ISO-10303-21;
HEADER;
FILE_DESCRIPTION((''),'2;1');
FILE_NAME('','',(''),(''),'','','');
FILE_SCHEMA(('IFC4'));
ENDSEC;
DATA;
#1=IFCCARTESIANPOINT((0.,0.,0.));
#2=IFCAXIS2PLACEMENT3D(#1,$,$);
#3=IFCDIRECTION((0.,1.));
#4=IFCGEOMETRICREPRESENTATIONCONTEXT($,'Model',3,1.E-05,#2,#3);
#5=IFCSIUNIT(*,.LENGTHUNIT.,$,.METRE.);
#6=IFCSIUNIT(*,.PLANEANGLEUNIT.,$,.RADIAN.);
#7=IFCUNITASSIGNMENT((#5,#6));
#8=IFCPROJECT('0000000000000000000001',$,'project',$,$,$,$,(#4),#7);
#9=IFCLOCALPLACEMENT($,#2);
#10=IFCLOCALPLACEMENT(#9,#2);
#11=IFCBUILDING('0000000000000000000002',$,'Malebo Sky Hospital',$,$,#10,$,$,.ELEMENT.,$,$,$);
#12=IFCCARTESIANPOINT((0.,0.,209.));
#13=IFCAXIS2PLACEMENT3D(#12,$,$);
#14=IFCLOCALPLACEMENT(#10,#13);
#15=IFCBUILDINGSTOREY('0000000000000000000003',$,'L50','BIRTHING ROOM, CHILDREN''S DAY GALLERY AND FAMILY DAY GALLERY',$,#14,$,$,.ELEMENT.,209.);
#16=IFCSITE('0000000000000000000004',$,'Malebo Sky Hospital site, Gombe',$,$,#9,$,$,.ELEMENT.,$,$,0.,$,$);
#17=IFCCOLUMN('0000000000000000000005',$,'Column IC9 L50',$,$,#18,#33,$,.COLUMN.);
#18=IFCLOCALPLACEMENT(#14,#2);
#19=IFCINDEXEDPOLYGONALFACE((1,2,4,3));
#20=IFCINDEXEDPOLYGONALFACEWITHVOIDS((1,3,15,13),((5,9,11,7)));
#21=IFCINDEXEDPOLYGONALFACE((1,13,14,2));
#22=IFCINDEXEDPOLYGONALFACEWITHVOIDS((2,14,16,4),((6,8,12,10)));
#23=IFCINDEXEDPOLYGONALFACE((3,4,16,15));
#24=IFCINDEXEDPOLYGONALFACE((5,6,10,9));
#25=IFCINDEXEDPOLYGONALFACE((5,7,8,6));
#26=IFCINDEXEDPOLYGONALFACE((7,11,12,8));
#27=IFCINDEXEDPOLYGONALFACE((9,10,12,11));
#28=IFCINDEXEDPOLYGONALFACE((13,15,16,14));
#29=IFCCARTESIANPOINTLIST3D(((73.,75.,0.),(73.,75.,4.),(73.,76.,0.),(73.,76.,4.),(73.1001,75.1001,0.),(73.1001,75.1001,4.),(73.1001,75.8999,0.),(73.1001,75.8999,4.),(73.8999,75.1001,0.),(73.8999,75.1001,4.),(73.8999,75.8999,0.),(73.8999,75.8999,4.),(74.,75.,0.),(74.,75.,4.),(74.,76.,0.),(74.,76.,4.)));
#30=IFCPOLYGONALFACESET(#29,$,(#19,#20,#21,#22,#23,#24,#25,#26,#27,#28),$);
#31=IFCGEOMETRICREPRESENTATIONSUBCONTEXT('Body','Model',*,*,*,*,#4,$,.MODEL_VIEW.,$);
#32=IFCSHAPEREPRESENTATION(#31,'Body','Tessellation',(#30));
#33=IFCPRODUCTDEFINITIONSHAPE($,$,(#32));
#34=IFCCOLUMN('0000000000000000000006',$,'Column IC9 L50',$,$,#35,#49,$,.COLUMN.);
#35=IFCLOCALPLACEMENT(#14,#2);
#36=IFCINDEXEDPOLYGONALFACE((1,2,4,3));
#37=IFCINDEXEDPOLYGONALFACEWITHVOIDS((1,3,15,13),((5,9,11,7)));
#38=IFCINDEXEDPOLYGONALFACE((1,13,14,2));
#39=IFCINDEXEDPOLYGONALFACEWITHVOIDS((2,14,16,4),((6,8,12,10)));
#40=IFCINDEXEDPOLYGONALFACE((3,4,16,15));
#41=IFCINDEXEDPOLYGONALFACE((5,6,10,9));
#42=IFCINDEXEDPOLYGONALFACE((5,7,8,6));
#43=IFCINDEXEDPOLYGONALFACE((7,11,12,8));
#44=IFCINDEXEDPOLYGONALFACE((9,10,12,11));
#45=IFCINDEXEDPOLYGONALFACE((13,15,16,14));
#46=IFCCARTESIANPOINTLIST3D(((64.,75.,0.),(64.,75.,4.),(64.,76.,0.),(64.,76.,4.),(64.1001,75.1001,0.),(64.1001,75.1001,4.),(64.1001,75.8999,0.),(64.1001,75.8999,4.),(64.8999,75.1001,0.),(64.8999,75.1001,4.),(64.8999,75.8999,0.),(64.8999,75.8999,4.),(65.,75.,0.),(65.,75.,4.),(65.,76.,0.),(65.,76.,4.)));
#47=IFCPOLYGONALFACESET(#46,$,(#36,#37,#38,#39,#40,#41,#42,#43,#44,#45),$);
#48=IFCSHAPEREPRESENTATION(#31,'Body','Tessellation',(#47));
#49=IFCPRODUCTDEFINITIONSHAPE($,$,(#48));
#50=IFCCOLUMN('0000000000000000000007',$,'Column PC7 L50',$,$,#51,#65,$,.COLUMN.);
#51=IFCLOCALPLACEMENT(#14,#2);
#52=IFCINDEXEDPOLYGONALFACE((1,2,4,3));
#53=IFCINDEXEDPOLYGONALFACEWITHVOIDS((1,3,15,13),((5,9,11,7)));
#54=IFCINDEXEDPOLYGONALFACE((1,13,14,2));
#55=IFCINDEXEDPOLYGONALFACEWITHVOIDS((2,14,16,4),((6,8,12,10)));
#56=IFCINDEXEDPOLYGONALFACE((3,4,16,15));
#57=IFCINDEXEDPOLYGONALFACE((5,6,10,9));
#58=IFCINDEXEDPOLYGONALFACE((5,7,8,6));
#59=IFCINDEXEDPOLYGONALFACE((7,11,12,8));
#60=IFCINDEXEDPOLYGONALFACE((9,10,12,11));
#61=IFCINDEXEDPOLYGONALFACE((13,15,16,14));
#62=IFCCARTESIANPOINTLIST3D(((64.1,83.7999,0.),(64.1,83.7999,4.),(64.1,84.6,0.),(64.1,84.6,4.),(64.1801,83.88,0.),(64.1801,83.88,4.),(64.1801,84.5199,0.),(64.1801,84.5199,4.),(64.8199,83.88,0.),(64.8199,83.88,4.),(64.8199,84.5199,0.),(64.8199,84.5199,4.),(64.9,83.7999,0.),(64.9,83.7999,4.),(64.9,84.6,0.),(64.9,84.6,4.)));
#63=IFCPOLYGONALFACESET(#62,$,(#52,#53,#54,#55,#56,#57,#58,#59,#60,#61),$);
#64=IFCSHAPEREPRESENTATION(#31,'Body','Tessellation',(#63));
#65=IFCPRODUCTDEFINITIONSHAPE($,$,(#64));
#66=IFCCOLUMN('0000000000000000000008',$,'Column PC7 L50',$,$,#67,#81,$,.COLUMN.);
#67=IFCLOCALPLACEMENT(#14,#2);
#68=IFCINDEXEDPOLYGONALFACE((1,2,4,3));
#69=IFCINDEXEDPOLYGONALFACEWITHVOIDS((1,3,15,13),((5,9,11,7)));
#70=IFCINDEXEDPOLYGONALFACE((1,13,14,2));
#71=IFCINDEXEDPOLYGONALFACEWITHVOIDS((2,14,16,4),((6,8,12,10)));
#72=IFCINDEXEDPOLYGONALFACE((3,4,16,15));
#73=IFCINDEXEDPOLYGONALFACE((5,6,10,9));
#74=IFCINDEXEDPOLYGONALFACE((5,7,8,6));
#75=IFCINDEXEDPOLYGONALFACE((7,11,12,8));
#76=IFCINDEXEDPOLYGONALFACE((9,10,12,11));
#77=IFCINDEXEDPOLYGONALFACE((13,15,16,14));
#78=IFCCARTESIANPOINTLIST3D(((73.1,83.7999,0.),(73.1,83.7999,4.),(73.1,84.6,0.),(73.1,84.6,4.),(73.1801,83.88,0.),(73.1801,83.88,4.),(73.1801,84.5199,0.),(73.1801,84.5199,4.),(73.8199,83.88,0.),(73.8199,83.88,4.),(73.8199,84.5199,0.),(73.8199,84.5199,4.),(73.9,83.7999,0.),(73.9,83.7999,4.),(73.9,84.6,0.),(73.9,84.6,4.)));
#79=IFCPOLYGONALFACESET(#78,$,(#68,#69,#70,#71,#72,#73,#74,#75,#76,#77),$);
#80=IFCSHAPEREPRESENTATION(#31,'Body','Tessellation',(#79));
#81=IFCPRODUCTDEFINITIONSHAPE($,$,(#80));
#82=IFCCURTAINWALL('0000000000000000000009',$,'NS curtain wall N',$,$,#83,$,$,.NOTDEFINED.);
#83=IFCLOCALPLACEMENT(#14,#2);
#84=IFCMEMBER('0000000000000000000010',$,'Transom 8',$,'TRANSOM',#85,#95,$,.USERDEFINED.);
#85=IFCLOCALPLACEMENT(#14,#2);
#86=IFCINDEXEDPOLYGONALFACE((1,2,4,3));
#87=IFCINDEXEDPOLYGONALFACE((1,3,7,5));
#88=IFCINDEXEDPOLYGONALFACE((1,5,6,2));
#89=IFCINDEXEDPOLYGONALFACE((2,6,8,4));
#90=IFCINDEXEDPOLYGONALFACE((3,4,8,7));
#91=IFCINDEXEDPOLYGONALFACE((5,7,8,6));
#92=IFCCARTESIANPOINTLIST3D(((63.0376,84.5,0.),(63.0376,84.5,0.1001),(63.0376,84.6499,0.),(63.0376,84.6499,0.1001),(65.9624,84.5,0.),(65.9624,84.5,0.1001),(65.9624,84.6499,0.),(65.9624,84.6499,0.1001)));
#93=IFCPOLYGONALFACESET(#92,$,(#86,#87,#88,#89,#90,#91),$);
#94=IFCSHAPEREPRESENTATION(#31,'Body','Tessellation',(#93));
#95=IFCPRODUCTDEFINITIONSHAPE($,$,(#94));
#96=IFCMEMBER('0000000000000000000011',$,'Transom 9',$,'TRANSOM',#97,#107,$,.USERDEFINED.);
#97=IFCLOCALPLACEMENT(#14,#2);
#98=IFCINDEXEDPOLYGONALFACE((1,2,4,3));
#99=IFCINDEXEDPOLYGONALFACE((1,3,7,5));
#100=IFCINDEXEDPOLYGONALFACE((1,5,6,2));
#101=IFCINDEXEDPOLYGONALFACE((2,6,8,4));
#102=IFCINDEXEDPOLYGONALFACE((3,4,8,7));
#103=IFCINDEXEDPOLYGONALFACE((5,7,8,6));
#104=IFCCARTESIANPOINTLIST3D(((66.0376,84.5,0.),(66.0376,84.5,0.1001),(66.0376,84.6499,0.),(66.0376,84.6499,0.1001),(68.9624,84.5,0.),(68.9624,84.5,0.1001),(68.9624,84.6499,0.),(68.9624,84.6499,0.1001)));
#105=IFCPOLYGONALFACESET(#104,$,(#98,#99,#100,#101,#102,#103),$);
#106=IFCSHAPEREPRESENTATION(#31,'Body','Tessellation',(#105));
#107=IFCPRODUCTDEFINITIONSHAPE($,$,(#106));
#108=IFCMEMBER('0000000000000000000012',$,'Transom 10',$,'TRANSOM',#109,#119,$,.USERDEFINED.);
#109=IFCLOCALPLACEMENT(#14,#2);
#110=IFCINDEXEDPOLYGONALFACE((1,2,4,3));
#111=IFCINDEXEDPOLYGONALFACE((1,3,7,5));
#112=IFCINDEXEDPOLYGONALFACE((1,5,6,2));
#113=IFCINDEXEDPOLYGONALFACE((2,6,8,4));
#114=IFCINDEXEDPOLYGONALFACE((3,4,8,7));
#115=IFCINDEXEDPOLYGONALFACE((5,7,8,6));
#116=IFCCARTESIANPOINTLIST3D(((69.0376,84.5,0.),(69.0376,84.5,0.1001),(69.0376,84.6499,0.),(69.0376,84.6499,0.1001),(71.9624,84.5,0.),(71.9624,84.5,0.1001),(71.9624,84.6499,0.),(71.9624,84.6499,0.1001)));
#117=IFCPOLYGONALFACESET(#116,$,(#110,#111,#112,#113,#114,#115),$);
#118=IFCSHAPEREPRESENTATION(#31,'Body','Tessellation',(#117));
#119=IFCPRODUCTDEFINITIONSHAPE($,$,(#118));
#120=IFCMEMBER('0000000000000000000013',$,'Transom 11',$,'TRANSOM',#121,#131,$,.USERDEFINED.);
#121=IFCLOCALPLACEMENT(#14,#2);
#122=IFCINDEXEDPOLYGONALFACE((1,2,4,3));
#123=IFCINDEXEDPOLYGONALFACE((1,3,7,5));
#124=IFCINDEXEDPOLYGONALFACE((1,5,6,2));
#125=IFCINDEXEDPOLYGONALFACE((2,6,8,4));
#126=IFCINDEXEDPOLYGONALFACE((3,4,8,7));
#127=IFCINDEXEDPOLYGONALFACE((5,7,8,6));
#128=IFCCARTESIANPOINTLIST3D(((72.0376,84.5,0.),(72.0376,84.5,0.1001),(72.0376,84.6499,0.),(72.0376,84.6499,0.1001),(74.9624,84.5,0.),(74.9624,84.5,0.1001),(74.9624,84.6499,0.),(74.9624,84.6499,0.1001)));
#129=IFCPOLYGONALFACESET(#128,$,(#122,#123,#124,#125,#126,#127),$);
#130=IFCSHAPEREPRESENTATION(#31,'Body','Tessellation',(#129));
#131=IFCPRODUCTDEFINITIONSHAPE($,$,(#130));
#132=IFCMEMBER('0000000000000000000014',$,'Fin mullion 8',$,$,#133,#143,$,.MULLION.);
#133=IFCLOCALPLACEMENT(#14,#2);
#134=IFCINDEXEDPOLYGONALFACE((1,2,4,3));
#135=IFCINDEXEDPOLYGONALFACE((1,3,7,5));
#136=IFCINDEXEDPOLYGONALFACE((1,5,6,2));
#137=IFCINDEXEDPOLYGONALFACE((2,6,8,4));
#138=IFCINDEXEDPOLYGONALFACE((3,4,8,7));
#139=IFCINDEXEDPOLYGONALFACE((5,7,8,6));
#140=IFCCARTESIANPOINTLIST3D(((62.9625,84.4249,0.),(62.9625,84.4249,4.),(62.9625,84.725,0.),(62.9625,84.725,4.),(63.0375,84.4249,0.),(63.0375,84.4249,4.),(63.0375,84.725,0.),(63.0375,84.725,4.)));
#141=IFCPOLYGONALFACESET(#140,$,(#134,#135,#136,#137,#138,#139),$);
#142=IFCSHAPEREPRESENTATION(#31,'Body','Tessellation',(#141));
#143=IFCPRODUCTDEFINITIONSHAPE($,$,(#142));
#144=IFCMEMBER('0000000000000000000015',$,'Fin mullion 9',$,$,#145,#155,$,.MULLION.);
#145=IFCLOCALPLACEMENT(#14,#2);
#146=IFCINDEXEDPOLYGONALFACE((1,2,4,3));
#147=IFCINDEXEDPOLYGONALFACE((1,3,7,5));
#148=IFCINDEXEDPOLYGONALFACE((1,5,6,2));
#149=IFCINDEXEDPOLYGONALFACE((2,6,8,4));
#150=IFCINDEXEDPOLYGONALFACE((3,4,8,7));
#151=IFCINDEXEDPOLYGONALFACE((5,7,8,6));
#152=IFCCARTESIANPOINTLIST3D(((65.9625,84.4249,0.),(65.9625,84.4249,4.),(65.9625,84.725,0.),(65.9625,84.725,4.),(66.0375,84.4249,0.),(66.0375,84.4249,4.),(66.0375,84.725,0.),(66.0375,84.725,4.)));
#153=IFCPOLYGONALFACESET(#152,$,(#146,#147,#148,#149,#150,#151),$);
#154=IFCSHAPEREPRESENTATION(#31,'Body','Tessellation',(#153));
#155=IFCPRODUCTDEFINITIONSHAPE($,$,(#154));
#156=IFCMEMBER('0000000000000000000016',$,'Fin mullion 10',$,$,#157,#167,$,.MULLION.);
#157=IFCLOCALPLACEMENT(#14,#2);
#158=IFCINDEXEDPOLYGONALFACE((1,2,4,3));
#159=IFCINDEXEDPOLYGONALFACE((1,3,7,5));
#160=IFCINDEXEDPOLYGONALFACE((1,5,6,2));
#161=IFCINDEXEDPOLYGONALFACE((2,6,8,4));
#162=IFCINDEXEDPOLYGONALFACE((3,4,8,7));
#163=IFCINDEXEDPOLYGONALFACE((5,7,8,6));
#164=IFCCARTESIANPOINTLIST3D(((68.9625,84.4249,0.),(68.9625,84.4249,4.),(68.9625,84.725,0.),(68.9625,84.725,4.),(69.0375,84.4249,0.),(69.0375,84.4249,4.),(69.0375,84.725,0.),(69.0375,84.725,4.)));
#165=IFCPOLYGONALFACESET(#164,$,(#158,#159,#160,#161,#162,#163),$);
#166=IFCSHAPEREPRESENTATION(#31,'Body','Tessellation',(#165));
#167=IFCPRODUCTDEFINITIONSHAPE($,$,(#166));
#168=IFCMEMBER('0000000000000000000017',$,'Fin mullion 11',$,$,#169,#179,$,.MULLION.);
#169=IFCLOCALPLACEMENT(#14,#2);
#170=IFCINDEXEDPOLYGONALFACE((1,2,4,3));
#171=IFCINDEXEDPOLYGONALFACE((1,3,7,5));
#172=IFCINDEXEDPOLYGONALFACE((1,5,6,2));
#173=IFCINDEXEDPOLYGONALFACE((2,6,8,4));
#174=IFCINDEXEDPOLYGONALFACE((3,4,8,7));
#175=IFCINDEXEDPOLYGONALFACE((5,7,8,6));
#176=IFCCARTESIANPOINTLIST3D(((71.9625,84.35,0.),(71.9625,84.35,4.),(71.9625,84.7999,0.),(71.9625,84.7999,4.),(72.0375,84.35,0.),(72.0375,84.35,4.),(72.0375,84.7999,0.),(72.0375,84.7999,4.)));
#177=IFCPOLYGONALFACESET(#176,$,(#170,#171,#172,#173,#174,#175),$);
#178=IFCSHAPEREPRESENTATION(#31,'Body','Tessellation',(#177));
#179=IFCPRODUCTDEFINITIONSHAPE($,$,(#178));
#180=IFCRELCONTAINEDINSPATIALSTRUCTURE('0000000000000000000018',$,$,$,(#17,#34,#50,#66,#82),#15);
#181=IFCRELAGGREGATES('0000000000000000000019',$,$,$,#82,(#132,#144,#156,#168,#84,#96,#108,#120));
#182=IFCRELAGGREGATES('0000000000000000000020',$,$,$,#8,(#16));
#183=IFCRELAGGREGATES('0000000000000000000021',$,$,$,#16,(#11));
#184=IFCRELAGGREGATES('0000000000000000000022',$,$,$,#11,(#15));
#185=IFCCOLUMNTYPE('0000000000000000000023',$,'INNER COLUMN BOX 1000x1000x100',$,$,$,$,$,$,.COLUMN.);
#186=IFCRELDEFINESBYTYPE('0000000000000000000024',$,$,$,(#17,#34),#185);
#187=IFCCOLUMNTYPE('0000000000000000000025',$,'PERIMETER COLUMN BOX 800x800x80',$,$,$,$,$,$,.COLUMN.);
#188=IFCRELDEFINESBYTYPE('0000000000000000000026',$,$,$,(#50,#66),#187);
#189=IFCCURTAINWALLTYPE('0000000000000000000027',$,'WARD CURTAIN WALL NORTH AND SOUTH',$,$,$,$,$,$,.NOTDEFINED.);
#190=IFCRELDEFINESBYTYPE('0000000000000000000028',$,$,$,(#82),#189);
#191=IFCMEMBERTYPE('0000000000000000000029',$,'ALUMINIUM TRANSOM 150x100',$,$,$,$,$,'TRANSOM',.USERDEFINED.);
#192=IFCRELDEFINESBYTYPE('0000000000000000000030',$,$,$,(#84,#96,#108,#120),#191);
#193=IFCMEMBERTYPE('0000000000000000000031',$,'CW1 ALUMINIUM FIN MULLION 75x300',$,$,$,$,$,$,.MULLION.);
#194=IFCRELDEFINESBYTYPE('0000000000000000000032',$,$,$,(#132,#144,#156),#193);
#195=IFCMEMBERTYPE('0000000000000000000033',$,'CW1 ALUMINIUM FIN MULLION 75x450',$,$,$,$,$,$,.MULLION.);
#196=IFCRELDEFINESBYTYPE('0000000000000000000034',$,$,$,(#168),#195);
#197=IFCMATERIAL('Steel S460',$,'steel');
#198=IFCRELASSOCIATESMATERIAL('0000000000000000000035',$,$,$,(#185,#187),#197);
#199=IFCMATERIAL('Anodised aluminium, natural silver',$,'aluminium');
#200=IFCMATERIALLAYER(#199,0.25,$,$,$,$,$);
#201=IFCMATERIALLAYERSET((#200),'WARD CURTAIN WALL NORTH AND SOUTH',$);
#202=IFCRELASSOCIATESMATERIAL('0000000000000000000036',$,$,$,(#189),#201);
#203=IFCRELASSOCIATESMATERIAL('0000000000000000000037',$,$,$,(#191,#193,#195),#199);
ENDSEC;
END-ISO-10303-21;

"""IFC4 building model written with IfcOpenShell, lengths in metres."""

from ifc_helpers import new_model, si_unit, direction, frame, origin, origin_2d, place, context, subcontext, project, spatial, rectangle, hollow_rectangle, extrude, material, layer, layer_set, material_profile, profile_set, type_object, element, aggregate, save


model = new_model("IFC4")

# Units and contexts
model_context = context("Model", 3, precision=1e-05, world=origin(), true_north=direction((0.0, 1.0)))
body_context = subcontext(model_context, "Body", "Model", "MODEL_VIEW")
ifc_project = project(units=[si_unit("LENGTHUNIT", "METRE"), si_unit("PLANEANGLEUNIT", "RADIAN")], contexts=[model_context])

# Site, building, storey
site_placement = place(None, origin())
site = spatial("IfcSite", under=ifc_project, at=site_placement, Name="Malebo Sky Hospital site, Gombe", CompositionType="ELEMENT", RefElevation=0.0)
building_placement = place(site_placement, origin())
building = spatial("IfcBuilding", under=site, at=building_placement, Name="Malebo Sky Hospital", CompositionType="ELEMENT")
storey_placement = place(building_placement, frame((0.0, 0.0, 209.0)))
storey = spatial("IfcBuildingStorey", under=building, at=storey_placement, Name="L50", Description="BIRTHING ROOM, CHILDREN'S DAY GALLERY AND FAMILY DAY GALLERY", CompositionType="ELEMENT", Elevation=209.0)

# Columns
ifc_material_1 = material(Name="Steel S460", Category="steel")
ifc_material_profile_1 = material_profile(ifc_material_1, hollow_rectangle(XDim=1.0, YDim=1.0, WallThickness=0.1001, at=origin_2d()), Name="BOX 1000x1000x100")
ifc_profile_set_1 = profile_set([ifc_material_profile_1], Name="Steel S460")
column_type_1 = type_object("IfcColumnType", Name="INNER COLUMN BOX 1000x1000x100", PredefinedType="COLUMN", material=ifc_profile_set_1)
for number, where, z_axis, x_axis, name in (
    (1, (73.5, 75.5, 0.0), (0.0, 0.0, 1.0), (1.0, 0.0, 0.0), "Column IC9 L50"),
    (2, (64.5, 75.5, 0.0), (0.0, 0.0, 1.0), (1.0, 0.0, 0.0), "Column IC9 L50"),
):
    element("IfcColumn", number, at=place(storey_placement, frame(where, z_axis=z_axis, x_axis=x_axis)), inside=storey, type_object=column_type_1, Name=name, PredefinedType="COLUMN", context=body_context, shape_type="SweptSolid", body=[
        extrude(hollow_rectangle(XDim=1.0, YDim=1.0, WallThickness=0.1001, at=origin_2d()), origin(), (0.0, 0.0, 1.0), 4.0),
    ])
ifc_material_profile_2 = material_profile(ifc_material_1, hollow_rectangle(XDim=0.8, YDim=0.8, WallThickness=0.0801, at=origin_2d()), Name="BOX 800x800x80")
ifc_profile_set_2 = profile_set([ifc_material_profile_2], Name="Steel S460")
column_type_2 = type_object("IfcColumnType", Name="PERIMETER COLUMN BOX 800x800x80", PredefinedType="COLUMN", material=ifc_profile_set_2)
for number, where, z_axis, x_axis, name in (
    (3, (64.5, 84.2, 0.0), (0.0, 0.0, 1.0), (1.0, 0.0, 0.0), "Column PC7 L50"),
    (4, (73.5, 84.2, 0.0), (0.0, 0.0, 1.0), (1.0, 0.0, 0.0), "Column PC7 L50"),
):
    element("IfcColumn", number, at=place(storey_placement, frame(where, z_axis=z_axis, x_axis=x_axis)), inside=storey, type_object=column_type_2, Name=name, PredefinedType="COLUMN", context=body_context, shape_type="SweptSolid", body=[
        extrude(hollow_rectangle(XDim=0.8, YDim=0.8, WallThickness=0.0801, at=origin_2d()), origin(), (0.0, 0.0, 1.0), 4.0),
    ])

# Curtain wall, members
ifc_material_2 = material(Name="Anodised aluminium, natural silver", Category="aluminium")
ifc_layer_1 = layer(ifc_material_2, 0.25)
ifc_layer_set_1 = layer_set([ifc_layer_1], Name="WARD CURTAIN WALL NORTH AND SOUTH")
curtain_wall_type = type_object("IfcCurtainWallType", Name="WARD CURTAIN WALL NORTH AND SOUTH", PredefinedType="NOTDEFINED", material=ifc_layer_set_1)
curtain_wall_placement = place(storey_placement, origin())
curtain_wall = element("IfcCurtainWall", 5, at=curtain_wall_placement, inside=storey, type_object=curtain_wall_type, Name="NS curtain wall N", PredefinedType="NOTDEFINED")
ifc_material_profile_3 = material_profile(ifc_material_2, rectangle(XDim=0.1499, YDim=0.1001, at=origin_2d()), Name="ALUMINIUM TRANSOM 150x100")
ifc_profile_set_3 = profile_set([ifc_material_profile_3], Name="Anodised aluminium, natural silver")
member_type_1 = type_object("IfcMemberType", Name="ALUMINIUM TRANSOM 150x100", ElementType="TRANSOM", PredefinedType="USERDEFINED", material=ifc_profile_set_3)
member_1_placement = place(storey_placement, frame((63.0376, 84.575, 0.05), z_axis=(1.0, 0.0, 0.0), x_axis=(0.0, 1.0, 0.0)))
member_1 = element("IfcMember", 6, at=member_1_placement, type_object=member_type_1, Name="Transom 8", ObjectType="TRANSOM", PredefinedType="USERDEFINED", context=body_context, shape_type="SweptSolid", body=[
    extrude(rectangle(XDim=0.1499, YDim=0.1001, at=origin_2d()), origin(), (0.0, 0.0, 1.0), 2.9248),
])
member_2_placement = place(storey_placement, frame((66.0376, 84.575, 0.05), z_axis=(1.0, 0.0, 0.0), x_axis=(0.0, 1.0, 0.0)))
member_2 = element("IfcMember", 7, at=member_2_placement, type_object=member_type_1, Name="Transom 9", ObjectType="TRANSOM", PredefinedType="USERDEFINED", context=body_context, shape_type="SweptSolid", body=[
    extrude(rectangle(XDim=0.1499, YDim=0.1001, at=origin_2d()), origin(), (0.0, 0.0, 1.0), 2.9248),
])
member_3_placement = place(storey_placement, frame((69.0376, 84.575, 0.05), z_axis=(1.0, 0.0, 0.0), x_axis=(0.0, 1.0, 0.0)))
member_3 = element("IfcMember", 8, at=member_3_placement, type_object=member_type_1, Name="Transom 10", ObjectType="TRANSOM", PredefinedType="USERDEFINED", context=body_context, shape_type="SweptSolid", body=[
    extrude(rectangle(XDim=0.1499, YDim=0.1001, at=origin_2d()), origin(), (0.0, 0.0, 1.0), 2.9248),
])
member_4_placement = place(storey_placement, frame((72.0376, 84.575, 0.05), z_axis=(1.0, 0.0, 0.0), x_axis=(0.0, 1.0, 0.0)))
member_4 = element("IfcMember", 9, at=member_4_placement, type_object=member_type_1, Name="Transom 11", ObjectType="TRANSOM", PredefinedType="USERDEFINED", context=body_context, shape_type="SweptSolid", body=[
    extrude(rectangle(XDim=0.1499, YDim=0.1001, at=origin_2d()), origin(), (0.0, 0.0, 1.0), 2.9248),
])
ifc_material_profile_4 = material_profile(ifc_material_2, rectangle(XDim=0.075, YDim=0.3, at=origin_2d()), Name="CW1 ALUMINIUM FIN MULLION 75x300")
ifc_profile_set_4 = profile_set([ifc_material_profile_4], Name="Anodised aluminium, natural silver")
member_type_2 = type_object("IfcMemberType", Name="CW1 ALUMINIUM FIN MULLION 75x300", PredefinedType="MULLION", material=ifc_profile_set_4)
member_5_placement = place(storey_placement, frame((63.0, 84.575, 0.0), z_axis=(0.0, 0.0, 1.0), x_axis=(1.0, 0.0, 0.0)))
member_5 = element("IfcMember", 10, at=member_5_placement, type_object=member_type_2, Name="Fin mullion 8", PredefinedType="MULLION", context=body_context, shape_type="SweptSolid", body=[
    extrude(rectangle(XDim=0.075, YDim=0.3, at=origin_2d()), origin(), (0.0, 0.0, 1.0), 4.0),
])
member_6_placement = place(storey_placement, frame((66.0, 84.575, 0.0), z_axis=(0.0, 0.0, 1.0), x_axis=(1.0, 0.0, 0.0)))
member_6 = element("IfcMember", 11, at=member_6_placement, type_object=member_type_2, Name="Fin mullion 9", PredefinedType="MULLION", context=body_context, shape_type="SweptSolid", body=[
    extrude(rectangle(XDim=0.075, YDim=0.3, at=origin_2d()), origin(), (0.0, 0.0, 1.0), 4.0),
])
member_7_placement = place(storey_placement, frame((69.0, 84.575, 0.0), z_axis=(0.0, 0.0, 1.0), x_axis=(1.0, 0.0, 0.0)))
member_7 = element("IfcMember", 12, at=member_7_placement, type_object=member_type_2, Name="Fin mullion 10", PredefinedType="MULLION", context=body_context, shape_type="SweptSolid", body=[
    extrude(rectangle(XDim=0.075, YDim=0.3, at=origin_2d()), origin(), (0.0, 0.0, 1.0), 4.0),
])
ifc_material_profile_5 = material_profile(ifc_material_2, rectangle(XDim=0.075, YDim=0.45, at=origin_2d()), Name="CW1 ALUMINIUM FIN MULLION 75x450")
ifc_profile_set_5 = profile_set([ifc_material_profile_5], Name="Anodised aluminium, natural silver")
member_type_3 = type_object("IfcMemberType", Name="CW1 ALUMINIUM FIN MULLION 75x450", PredefinedType="MULLION", material=ifc_profile_set_5)
member_8_placement = place(storey_placement, frame((72.0, 84.575, 0.0), z_axis=(0.0, 0.0, 1.0), x_axis=(1.0, 0.0, 0.0)))
member_8 = element("IfcMember", 13, at=member_8_placement, type_object=member_type_3, Name="Fin mullion 11", PredefinedType="MULLION", context=body_context, shape_type="SweptSolid", body=[
    extrude(rectangle(XDim=0.075, YDim=0.45, at=origin_2d()), origin(), (0.0, 0.0, 1.0), 4.0),
])

aggregate(curtain_wall, [member_5, member_6, member_7, member_8, member_1, member_2, member_3, member_4])

save(model, "model.ifc")
